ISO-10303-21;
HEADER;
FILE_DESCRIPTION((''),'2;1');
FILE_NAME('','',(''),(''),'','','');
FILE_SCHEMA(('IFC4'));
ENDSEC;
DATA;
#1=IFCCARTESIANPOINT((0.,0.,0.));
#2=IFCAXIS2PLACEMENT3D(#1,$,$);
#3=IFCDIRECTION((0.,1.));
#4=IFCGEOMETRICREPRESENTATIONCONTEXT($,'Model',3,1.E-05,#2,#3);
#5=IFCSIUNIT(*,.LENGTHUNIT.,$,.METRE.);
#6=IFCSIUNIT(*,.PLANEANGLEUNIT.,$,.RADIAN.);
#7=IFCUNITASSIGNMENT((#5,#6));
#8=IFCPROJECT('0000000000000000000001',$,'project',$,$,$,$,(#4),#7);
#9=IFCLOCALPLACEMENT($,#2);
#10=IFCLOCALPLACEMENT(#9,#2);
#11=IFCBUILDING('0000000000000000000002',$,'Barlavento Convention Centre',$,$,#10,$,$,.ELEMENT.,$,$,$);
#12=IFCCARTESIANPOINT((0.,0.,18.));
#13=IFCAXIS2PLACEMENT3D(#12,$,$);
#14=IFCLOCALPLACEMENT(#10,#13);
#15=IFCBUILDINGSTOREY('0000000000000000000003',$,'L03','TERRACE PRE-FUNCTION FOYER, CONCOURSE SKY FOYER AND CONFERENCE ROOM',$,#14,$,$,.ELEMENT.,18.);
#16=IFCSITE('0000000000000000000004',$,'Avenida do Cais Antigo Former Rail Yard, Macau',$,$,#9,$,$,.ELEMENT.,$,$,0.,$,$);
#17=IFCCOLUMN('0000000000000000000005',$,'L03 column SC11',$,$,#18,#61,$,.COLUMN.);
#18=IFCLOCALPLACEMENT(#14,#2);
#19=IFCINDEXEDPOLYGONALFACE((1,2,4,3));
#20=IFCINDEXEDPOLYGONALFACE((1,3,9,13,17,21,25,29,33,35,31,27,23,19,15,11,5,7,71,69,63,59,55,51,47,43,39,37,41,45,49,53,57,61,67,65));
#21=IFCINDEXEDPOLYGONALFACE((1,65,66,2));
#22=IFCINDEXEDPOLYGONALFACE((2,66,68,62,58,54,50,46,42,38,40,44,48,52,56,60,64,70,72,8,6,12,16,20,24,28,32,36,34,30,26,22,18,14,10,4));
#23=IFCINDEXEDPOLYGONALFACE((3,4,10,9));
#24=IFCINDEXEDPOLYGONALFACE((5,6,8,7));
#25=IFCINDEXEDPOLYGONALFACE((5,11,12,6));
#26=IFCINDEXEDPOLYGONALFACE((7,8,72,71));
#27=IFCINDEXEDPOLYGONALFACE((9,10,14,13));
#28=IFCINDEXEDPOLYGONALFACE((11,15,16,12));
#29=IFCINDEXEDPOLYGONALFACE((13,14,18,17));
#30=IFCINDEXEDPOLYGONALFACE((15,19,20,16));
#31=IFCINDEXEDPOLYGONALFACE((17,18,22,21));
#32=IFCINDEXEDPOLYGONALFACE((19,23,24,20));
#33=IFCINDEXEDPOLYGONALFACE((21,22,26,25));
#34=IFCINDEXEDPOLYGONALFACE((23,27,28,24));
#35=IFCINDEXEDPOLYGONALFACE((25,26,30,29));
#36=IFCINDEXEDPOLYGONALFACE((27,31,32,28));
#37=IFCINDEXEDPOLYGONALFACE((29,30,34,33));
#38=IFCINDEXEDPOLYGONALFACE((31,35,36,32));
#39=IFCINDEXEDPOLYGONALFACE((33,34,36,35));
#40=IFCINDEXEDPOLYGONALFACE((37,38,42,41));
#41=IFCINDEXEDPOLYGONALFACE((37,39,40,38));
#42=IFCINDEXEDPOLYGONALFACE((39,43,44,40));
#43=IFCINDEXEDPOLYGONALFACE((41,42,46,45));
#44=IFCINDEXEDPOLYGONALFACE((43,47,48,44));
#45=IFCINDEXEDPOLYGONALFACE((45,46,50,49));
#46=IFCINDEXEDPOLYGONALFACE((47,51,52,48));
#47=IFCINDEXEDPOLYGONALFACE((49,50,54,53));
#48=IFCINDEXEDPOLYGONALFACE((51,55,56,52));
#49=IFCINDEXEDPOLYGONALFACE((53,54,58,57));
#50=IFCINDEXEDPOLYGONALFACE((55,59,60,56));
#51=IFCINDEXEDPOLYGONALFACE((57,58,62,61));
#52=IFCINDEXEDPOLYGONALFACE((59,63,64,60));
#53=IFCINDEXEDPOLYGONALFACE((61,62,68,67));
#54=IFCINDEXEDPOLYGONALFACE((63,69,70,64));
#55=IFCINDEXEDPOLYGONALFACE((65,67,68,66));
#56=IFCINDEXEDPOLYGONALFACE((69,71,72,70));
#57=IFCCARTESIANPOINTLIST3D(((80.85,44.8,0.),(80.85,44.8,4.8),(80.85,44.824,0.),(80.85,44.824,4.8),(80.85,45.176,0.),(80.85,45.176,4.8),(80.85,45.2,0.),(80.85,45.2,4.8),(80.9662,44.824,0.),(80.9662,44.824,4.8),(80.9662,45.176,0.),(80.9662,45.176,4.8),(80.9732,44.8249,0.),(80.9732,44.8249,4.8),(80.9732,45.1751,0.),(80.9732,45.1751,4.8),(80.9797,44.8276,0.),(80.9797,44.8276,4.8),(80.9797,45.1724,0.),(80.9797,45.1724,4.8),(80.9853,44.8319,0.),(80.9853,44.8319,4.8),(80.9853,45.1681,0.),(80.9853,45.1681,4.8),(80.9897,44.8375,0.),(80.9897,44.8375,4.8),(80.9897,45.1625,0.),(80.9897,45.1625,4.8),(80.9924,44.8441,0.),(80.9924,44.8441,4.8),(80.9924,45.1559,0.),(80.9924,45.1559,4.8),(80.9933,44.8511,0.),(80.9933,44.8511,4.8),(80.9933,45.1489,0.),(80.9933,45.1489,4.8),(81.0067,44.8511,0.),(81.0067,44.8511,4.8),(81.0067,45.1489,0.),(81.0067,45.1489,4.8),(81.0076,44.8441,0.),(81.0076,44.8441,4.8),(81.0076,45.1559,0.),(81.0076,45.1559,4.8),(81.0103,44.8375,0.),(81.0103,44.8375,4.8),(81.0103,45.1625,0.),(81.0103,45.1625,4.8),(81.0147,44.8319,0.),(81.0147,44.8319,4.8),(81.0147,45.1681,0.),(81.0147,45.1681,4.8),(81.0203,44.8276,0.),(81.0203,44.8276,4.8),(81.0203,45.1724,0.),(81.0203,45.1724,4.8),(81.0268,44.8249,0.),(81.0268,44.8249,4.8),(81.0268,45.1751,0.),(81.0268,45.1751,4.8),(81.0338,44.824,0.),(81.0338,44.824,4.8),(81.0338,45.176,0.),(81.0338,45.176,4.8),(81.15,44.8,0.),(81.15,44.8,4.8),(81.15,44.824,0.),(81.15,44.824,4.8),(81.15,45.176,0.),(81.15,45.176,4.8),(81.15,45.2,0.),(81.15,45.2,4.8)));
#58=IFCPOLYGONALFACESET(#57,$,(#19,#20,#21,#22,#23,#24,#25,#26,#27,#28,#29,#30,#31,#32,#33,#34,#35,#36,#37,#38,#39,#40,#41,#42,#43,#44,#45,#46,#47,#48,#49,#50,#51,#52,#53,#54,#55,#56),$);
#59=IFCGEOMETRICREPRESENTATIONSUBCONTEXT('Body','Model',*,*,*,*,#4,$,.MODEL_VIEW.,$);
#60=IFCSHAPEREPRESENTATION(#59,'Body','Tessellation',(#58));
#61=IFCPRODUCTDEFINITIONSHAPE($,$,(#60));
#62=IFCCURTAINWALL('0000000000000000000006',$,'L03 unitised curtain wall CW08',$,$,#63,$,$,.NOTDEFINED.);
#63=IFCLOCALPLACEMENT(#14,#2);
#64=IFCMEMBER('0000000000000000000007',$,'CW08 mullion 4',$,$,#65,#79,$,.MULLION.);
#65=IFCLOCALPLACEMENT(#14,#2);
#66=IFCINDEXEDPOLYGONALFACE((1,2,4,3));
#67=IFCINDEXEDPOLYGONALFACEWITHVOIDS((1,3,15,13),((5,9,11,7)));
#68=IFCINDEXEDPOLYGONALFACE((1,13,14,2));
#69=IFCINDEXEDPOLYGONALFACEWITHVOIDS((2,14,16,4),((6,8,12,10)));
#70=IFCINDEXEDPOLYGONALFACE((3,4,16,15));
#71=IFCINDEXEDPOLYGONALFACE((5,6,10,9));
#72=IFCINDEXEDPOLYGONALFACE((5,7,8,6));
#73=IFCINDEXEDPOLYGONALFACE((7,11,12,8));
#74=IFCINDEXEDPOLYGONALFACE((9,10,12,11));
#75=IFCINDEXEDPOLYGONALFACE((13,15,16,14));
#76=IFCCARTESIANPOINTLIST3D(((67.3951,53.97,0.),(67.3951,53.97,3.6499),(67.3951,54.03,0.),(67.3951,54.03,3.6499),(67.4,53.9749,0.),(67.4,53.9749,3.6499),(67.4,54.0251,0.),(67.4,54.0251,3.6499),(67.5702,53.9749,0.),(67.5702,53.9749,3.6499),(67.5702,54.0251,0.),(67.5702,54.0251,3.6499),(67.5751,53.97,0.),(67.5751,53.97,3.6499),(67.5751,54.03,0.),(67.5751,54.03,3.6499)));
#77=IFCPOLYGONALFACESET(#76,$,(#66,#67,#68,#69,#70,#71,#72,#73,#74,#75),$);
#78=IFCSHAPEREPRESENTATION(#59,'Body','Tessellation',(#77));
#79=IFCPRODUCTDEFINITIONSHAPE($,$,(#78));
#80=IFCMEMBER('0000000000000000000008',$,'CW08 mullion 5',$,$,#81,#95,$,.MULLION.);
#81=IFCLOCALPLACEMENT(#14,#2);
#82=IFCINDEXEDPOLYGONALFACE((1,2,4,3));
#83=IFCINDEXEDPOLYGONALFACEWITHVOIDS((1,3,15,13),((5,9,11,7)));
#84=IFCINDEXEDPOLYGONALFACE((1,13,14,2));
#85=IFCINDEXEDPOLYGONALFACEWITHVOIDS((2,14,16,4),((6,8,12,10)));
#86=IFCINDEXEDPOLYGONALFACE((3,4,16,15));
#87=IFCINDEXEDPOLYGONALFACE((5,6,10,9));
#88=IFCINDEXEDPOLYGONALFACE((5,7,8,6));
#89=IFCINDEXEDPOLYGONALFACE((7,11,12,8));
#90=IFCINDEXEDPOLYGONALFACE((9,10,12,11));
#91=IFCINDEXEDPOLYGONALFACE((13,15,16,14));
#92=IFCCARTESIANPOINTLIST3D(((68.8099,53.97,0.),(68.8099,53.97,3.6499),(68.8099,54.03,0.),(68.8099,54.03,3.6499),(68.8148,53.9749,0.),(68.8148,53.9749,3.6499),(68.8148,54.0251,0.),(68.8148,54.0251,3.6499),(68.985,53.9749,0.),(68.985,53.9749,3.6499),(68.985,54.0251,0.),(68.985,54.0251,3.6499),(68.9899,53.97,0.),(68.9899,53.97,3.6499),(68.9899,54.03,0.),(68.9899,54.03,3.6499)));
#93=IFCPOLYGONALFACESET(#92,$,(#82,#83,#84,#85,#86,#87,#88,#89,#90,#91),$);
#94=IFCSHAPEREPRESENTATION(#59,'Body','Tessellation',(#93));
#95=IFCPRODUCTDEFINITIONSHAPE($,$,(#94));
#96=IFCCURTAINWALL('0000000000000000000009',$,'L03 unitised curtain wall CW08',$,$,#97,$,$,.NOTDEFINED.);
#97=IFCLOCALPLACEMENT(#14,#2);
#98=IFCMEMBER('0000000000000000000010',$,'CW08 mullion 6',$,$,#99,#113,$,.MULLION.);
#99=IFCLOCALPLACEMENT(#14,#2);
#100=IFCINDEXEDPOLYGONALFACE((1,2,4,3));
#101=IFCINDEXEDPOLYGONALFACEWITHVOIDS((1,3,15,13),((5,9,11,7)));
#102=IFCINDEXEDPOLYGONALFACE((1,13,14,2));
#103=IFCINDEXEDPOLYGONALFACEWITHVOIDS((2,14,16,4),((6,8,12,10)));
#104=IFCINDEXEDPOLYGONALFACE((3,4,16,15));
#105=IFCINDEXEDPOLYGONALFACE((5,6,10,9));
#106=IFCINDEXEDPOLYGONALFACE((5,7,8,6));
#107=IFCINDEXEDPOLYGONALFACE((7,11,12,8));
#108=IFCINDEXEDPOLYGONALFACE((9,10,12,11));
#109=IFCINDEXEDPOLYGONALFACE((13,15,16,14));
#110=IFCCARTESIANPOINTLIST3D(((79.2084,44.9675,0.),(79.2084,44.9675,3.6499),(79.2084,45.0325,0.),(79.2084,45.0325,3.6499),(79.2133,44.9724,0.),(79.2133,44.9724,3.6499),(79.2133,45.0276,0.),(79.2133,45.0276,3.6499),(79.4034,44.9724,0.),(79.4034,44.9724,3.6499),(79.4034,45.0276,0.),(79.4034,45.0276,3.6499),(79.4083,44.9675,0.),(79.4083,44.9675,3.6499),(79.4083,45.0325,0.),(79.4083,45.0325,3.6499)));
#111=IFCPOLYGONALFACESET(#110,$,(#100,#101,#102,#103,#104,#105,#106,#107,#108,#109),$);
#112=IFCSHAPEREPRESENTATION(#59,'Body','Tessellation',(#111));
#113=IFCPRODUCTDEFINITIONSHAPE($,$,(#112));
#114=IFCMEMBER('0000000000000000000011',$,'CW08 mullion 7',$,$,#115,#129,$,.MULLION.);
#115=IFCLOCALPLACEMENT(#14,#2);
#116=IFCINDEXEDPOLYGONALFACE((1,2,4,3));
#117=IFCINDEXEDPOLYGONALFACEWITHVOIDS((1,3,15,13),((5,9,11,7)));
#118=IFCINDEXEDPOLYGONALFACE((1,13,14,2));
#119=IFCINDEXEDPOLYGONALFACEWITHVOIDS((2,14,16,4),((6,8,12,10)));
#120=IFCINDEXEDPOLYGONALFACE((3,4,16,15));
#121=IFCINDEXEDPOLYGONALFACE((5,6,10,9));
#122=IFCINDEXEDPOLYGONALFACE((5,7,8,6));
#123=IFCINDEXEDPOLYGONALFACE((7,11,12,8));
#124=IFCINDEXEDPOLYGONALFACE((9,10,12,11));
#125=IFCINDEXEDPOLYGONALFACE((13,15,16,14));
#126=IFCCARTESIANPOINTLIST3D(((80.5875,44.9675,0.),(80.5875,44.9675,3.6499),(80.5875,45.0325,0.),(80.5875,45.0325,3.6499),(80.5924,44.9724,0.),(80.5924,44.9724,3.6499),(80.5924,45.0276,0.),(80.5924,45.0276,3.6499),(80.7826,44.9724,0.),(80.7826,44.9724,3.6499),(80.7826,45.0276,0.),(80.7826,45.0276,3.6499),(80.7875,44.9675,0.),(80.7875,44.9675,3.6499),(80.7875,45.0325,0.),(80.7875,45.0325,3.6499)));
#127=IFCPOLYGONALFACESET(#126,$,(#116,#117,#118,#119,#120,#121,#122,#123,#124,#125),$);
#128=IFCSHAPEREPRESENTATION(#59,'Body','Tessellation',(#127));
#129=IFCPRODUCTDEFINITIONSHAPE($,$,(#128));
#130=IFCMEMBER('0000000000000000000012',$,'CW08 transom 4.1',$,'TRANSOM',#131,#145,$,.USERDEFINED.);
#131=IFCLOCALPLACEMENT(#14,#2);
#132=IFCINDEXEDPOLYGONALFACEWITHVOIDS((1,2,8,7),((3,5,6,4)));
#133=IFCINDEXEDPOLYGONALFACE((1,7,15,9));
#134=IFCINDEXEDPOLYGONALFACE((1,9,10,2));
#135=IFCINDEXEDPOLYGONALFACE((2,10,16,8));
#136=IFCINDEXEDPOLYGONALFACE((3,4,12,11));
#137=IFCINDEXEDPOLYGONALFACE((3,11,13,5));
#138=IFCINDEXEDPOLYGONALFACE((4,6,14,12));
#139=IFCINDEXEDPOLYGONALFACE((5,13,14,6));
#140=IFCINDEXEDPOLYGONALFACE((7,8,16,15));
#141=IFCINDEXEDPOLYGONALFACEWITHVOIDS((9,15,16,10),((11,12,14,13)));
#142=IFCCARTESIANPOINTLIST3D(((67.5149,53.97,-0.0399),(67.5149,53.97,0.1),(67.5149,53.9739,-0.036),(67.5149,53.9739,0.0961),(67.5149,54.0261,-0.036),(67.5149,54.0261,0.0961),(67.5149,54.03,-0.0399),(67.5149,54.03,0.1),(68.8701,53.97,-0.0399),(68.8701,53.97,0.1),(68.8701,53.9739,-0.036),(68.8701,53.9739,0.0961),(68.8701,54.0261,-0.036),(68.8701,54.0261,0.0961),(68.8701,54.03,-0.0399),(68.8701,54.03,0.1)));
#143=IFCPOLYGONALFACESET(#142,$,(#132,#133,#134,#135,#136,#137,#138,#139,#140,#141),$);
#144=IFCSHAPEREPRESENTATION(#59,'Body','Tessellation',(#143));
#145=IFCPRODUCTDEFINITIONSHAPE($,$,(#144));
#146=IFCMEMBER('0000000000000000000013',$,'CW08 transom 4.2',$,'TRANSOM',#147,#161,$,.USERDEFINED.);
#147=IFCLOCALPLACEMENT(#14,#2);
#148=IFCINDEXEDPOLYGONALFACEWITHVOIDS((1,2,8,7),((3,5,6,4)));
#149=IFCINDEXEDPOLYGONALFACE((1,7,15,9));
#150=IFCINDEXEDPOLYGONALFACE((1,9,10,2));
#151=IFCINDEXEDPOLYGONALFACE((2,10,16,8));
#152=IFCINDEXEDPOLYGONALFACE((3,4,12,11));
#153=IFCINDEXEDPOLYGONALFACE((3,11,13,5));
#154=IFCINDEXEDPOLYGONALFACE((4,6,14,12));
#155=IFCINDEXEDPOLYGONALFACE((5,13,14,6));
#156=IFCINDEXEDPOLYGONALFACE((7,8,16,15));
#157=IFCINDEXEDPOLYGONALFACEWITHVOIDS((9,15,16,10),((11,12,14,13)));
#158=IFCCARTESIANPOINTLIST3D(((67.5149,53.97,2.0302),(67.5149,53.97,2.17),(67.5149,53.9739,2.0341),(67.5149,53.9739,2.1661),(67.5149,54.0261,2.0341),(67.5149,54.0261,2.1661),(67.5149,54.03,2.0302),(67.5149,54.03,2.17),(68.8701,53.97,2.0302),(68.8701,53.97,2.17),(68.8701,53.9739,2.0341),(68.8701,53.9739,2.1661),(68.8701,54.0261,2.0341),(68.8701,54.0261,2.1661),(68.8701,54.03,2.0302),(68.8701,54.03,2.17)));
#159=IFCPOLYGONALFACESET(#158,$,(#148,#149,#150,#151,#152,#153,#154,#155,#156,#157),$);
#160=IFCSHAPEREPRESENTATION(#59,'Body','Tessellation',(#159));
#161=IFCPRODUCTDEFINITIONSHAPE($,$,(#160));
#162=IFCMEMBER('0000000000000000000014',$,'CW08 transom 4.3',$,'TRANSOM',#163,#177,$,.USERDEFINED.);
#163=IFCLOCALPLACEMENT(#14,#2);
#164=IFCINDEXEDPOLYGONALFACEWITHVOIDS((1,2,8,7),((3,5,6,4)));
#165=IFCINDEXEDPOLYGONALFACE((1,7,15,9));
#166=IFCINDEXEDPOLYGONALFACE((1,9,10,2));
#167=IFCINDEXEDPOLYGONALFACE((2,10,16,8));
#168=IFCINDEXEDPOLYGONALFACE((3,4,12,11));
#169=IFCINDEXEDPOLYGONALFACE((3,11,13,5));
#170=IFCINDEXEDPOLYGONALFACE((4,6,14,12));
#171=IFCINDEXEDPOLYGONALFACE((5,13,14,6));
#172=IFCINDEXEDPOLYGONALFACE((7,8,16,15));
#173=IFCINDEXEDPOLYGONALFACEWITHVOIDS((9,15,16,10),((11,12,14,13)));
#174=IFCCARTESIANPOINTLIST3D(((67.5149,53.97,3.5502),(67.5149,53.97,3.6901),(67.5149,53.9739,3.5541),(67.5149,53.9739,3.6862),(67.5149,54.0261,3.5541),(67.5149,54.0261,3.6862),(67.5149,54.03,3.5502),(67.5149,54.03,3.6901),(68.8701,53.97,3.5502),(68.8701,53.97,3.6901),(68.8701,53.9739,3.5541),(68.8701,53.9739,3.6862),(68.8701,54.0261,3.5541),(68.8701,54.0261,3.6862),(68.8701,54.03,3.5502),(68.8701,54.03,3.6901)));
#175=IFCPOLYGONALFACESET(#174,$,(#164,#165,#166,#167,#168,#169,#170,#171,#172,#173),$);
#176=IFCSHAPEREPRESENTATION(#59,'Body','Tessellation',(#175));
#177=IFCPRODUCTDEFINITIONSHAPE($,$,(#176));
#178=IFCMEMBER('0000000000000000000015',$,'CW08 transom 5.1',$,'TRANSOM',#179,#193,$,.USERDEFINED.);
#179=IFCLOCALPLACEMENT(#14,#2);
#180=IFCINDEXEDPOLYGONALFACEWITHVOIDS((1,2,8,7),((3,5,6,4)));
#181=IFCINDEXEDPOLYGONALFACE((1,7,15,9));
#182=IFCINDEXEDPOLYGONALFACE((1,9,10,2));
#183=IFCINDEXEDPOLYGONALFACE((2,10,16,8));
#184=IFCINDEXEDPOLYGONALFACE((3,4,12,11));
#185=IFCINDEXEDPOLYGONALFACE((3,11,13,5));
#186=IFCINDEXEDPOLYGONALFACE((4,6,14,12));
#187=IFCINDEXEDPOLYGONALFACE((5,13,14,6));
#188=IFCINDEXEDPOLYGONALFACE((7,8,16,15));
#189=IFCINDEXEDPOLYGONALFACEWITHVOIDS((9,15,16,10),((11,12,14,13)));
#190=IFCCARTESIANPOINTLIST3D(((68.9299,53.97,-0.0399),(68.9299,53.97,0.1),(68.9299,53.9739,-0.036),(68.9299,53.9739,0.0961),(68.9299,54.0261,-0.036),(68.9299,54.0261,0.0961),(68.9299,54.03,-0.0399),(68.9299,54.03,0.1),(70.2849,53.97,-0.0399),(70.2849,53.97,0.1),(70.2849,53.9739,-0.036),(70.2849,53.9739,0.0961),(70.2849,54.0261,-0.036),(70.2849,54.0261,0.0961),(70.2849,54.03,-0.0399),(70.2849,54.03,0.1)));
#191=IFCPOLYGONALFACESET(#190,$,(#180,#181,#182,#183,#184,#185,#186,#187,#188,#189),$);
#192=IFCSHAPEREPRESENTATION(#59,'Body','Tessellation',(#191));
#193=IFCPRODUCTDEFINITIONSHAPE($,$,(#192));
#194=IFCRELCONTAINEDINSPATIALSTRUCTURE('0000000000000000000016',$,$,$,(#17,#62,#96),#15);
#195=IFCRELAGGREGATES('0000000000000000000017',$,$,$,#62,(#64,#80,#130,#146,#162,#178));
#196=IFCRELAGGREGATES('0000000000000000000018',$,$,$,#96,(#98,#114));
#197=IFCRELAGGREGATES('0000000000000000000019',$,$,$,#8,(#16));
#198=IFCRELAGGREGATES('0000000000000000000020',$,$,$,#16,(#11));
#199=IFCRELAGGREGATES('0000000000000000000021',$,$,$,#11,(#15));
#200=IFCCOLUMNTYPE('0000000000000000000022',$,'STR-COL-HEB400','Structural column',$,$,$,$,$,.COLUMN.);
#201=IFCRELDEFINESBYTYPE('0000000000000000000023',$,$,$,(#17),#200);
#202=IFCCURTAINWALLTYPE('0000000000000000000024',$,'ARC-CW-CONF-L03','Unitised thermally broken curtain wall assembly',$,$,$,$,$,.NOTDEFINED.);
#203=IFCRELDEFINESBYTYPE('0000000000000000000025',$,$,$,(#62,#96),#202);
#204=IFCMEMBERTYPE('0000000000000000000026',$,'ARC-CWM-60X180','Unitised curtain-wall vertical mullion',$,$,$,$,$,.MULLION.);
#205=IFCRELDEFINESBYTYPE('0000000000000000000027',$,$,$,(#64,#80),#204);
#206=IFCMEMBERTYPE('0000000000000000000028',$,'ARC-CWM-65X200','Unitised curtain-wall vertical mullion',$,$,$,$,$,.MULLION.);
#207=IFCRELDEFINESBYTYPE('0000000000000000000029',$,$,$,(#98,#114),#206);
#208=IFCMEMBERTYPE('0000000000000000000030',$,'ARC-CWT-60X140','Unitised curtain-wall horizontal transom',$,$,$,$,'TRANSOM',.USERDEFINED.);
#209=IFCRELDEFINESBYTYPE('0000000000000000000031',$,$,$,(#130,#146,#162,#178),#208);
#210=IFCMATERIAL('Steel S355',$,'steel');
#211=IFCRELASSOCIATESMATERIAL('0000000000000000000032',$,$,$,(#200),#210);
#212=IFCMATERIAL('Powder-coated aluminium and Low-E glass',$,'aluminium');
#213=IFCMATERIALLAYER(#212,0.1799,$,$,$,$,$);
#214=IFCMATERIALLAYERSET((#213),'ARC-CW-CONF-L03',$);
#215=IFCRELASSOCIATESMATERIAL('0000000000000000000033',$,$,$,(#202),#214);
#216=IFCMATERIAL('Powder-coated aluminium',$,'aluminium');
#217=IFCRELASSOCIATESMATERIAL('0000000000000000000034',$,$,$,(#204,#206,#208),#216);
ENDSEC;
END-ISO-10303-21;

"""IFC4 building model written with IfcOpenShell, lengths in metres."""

from ifc_helpers import new_model, si_unit, direction, frame, origin, origin_2d, place, context, subcontext, project, spatial, hollow_rectangle, i_section, extrude, material, layer, layer_set, material_profile, profile_set, type_object, element, aggregate, save


model = new_model("IFC4")

# Units and contexts
model_context = context("Model", 3, precision=1e-05, world=origin(), true_north=direction((0.0, 1.0)))
body_context = subcontext(model_context, "Body", "Model", "MODEL_VIEW")
ifc_project = project(units=[si_unit("LENGTHUNIT", "METRE"), si_unit("PLANEANGLEUNIT", "RADIAN")], contexts=[model_context])

# Site, building, storey
site_placement = place(None, origin())
site = spatial("IfcSite", under=ifc_project, at=site_placement, Name="Avenida do Cais Antigo Former Rail Yard, Macau", CompositionType="ELEMENT", RefElevation=0.0)
building_placement = place(site_placement, origin())
building = spatial("IfcBuilding", under=site, at=building_placement, Name="Barlavento Convention Centre", CompositionType="ELEMENT")
storey_placement = place(building_placement, frame((0.0, 0.0, 18.0)))
storey = spatial("IfcBuildingStorey", under=building, at=storey_placement, Name="L03", Description="TERRACE PRE-FUNCTION FOYER, CONCOURSE SKY FOYER AND CONFERENCE ROOM", CompositionType="ELEMENT", Elevation=18.0)

# Column
ifc_material_1 = material(Name="Steel S355", Category="steel")
ifc_material_profile_1 = material_profile(ifc_material_1, i_section(OverallWidth=0.3, OverallDepth=0.3999, WebThickness=0.0134, FlangeThickness=0.0239, FilletRadius=0.0271, at=origin_2d()), Name="HEB 400")
ifc_profile_set_1 = profile_set([ifc_material_profile_1], Name="Steel S355")
column_type = type_object("IfcColumnType", Name="STR-COL-HEB400", Description="Structural column", PredefinedType="COLUMN", material=ifc_profile_set_1)
column_placement = place(storey_placement, frame((81.0, 45.0, 0.0), z_axis=(0.0, 0.0, 1.0), x_axis=(1.0, 0.0, 0.0)))
element("IfcColumn", 1, at=column_placement, inside=storey, type_object=column_type, Name="L03 column SC11", PredefinedType="COLUMN", context=body_context, shape_type="SweptSolid", body=[
    extrude(i_section(OverallWidth=0.3, OverallDepth=0.3999, WebThickness=0.0134, FlangeThickness=0.0239, FilletRadius=0.0271, at=origin_2d()), origin(), (0.0, 0.0, 1.0), 4.8),
])

# Curtain walls, members
ifc_material_2 = material(Name="Powder-coated aluminium and Low-E glass", Category="aluminium")
ifc_layer_1 = layer(ifc_material_2, 0.1799)
ifc_layer_set_1 = layer_set([ifc_layer_1], Name="ARC-CW-CONF-L03")
curtain_wall_type = type_object("IfcCurtainWallType", Name="ARC-CW-CONF-L03", Description="Unitised thermally broken curtain wall assembly", PredefinedType="NOTDEFINED", material=ifc_layer_set_1)
curtain_wall_1_placement = place(storey_placement, origin())
curtain_wall_1 = element("IfcCurtainWall", 2, at=curtain_wall_1_placement, inside=storey, type_object=curtain_wall_type, Name="L03 unitised curtain wall CW08", PredefinedType="NOTDEFINED")
ifc_material_3 = material(Name="Powder-coated aluminium", Category="aluminium")
ifc_material_profile_2 = material_profile(ifc_material_3, hollow_rectangle(XDim=0.0601, YDim=0.1799, WallThickness=0.0049, at=origin_2d()), Name="AL-MULL 60x180x5")
ifc_profile_set_2 = profile_set([ifc_material_profile_2], Name="Powder-coated aluminium")
member_type_1 = type_object("IfcMemberType", Name="ARC-CWM-60X180", Description="Unitised curtain-wall vertical mullion", PredefinedType="MULLION", material=ifc_profile_set_2)
member_1_placement = place(storey_placement, frame((67.4851, 54.0, 0.0), z_axis=(0.0, 0.0, 1.0), x_axis=(0.0, 1.0, 0.0)))
member_1 = element("IfcMember", 3, at=member_1_placement, type_object=member_type_1, Name="CW08 mullion 4", PredefinedType="MULLION", context=body_context, shape_type="SweptSolid", body=[
    extrude(hollow_rectangle(XDim=0.0601, YDim=0.1799, WallThickness=0.0049, at=origin_2d()), origin(), (0.0, 0.0, 1.0), 3.6499),
])
member_2_placement = place(storey_placement, frame((68.8999, 54.0, 0.0), z_axis=(0.0, 0.0, 1.0), x_axis=(0.0, 1.0, 0.0)))
member_2 = element("IfcMember", 4, at=member_2_placement, type_object=member_type_1, Name="CW08 mullion 5", PredefinedType="MULLION", context=body_context, shape_type="SweptSolid", body=[
    extrude(hollow_rectangle(XDim=0.0601, YDim=0.1799, WallThickness=0.0049, at=origin_2d()), origin(), (0.0, 0.0, 1.0), 3.6499),
])
curtain_wall_2_placement = place(storey_placement, origin())
curtain_wall_2 = element("IfcCurtainWall", 5, at=curtain_wall_2_placement, inside=storey, type_object=curtain_wall_type, Name="L03 unitised curtain wall CW08", PredefinedType="NOTDEFINED")
ifc_material_profile_3 = material_profile(ifc_material_3, hollow_rectangle(XDim=0.0649, YDim=0.2, WallThickness=0.0049, at=origin_2d()), Name="AL-MULL 65x200x5")
ifc_profile_set_3 = profile_set([ifc_material_profile_3], Name="Powder-coated aluminium")
member_type_2 = type_object("IfcMemberType", Name="ARC-CWM-65X200", Description="Unitised curtain-wall vertical mullion", PredefinedType="MULLION", material=ifc_profile_set_3)
member_3_placement = place(storey_placement, frame((79.3083, 45.0, 0.0), z_axis=(0.0, 0.0, 1.0), x_axis=(0.0, 1.0, 0.0)))
member_3 = element("IfcMember", 6, at=member_3_placement, type_object=member_type_2, Name="CW08 mullion 6", PredefinedType="MULLION", context=body_context, shape_type="SweptSolid", body=[
    extrude(hollow_rectangle(XDim=0.0649, YDim=0.2, WallThickness=0.0049, at=origin_2d()), origin(), (0.0, 0.0, 1.0), 3.6499),
])
member_4_placement = place(storey_placement, frame((80.6875, 45.0, 0.0), z_axis=(0.0, 0.0, 1.0), x_axis=(0.0, 1.0, 0.0)))
member_4 = element("IfcMember", 7, at=member_4_placement, type_object=member_type_2, Name="CW08 mullion 7", PredefinedType="MULLION", context=body_context, shape_type="SweptSolid", body=[
    extrude(hollow_rectangle(XDim=0.0649, YDim=0.2, WallThickness=0.0049, at=origin_2d()), origin(), (0.0, 0.0, 1.0), 3.6499),
])

# Members
ifc_material_profile_4 = material_profile(ifc_material_3, hollow_rectangle(XDim=0.0601, YDim=0.1399, WallThickness=0.0039, at=origin_2d()), Name="AL-TRAN 60x140x4")
ifc_profile_set_4 = profile_set([ifc_material_profile_4], Name="Powder-coated aluminium")
member_type_3 = type_object("IfcMemberType", Name="ARC-CWT-60X140", Description="Unitised curtain-wall horizontal transom", ElementType="TRANSOM", PredefinedType="USERDEFINED", material=ifc_profile_set_4)
member_5_placement = place(storey_placement, frame((67.5149, 54.0, 0.03), z_axis=(1.0, 0.0, 0.0), x_axis=(0.0, 1.0, 0.0)))
member_5 = element("IfcMember", 8, at=member_5_placement, type_object=member_type_3, Name="CW08 transom 4.1", ObjectType="TRANSOM", PredefinedType="USERDEFINED", context=body_context, shape_type="SweptSolid", body=[
    extrude(hollow_rectangle(XDim=0.0601, YDim=0.1399, WallThickness=0.0039, at=origin_2d()), origin(), (0.0, 0.0, 1.0), 1.3552),
])
member_6_placement = place(storey_placement, frame((67.5149, 54.0, 2.1001), z_axis=(1.0, 0.0, 0.0), x_axis=(0.0, 1.0, 0.0)))
member_6 = element("IfcMember", 9, at=member_6_placement, type_object=member_type_3, Name="CW08 transom 4.2", ObjectType="TRANSOM", PredefinedType="USERDEFINED", context=body_context, shape_type="SweptSolid", body=[
    extrude(hollow_rectangle(XDim=0.0601, YDim=0.1399, WallThickness=0.0039, at=origin_2d()), origin(), (0.0, 0.0, 1.0), 1.3552),
])
member_7_placement = place(storey_placement, frame((67.5149, 54.0, 3.6201), z_axis=(1.0, 0.0, 0.0), x_axis=(0.0, 1.0, 0.0)))
member_7 = element("IfcMember", 10, at=member_7_placement, type_object=member_type_3, Name="CW08 transom 4.3", ObjectType="TRANSOM", PredefinedType="USERDEFINED", context=body_context, shape_type="SweptSolid", body=[
    extrude(hollow_rectangle(XDim=0.0601, YDim=0.1399, WallThickness=0.0039, at=origin_2d()), origin(), (0.0, 0.0, 1.0), 1.3552),
])
member_8_placement = place(storey_placement, frame((68.9299, 54.0, 0.03), z_axis=(1.0, 0.0, 0.0), x_axis=(0.0, 1.0, 0.0)))
member_8 = element("IfcMember", 11, at=member_8_placement, type_object=member_type_3, Name="CW08 transom 5.1", ObjectType="TRANSOM", PredefinedType="USERDEFINED", context=body_context, shape_type="SweptSolid", body=[
    extrude(hollow_rectangle(XDim=0.0601, YDim=0.1399, WallThickness=0.0039, at=origin_2d()), origin(), (0.0, 0.0, 1.0), 1.355),
])

aggregate(curtain_wall_1, [member_1, member_2, member_5, member_6, member_7, member_8])
aggregate(curtain_wall_2, [member_3, member_4])

save(model, "model.ifc")
